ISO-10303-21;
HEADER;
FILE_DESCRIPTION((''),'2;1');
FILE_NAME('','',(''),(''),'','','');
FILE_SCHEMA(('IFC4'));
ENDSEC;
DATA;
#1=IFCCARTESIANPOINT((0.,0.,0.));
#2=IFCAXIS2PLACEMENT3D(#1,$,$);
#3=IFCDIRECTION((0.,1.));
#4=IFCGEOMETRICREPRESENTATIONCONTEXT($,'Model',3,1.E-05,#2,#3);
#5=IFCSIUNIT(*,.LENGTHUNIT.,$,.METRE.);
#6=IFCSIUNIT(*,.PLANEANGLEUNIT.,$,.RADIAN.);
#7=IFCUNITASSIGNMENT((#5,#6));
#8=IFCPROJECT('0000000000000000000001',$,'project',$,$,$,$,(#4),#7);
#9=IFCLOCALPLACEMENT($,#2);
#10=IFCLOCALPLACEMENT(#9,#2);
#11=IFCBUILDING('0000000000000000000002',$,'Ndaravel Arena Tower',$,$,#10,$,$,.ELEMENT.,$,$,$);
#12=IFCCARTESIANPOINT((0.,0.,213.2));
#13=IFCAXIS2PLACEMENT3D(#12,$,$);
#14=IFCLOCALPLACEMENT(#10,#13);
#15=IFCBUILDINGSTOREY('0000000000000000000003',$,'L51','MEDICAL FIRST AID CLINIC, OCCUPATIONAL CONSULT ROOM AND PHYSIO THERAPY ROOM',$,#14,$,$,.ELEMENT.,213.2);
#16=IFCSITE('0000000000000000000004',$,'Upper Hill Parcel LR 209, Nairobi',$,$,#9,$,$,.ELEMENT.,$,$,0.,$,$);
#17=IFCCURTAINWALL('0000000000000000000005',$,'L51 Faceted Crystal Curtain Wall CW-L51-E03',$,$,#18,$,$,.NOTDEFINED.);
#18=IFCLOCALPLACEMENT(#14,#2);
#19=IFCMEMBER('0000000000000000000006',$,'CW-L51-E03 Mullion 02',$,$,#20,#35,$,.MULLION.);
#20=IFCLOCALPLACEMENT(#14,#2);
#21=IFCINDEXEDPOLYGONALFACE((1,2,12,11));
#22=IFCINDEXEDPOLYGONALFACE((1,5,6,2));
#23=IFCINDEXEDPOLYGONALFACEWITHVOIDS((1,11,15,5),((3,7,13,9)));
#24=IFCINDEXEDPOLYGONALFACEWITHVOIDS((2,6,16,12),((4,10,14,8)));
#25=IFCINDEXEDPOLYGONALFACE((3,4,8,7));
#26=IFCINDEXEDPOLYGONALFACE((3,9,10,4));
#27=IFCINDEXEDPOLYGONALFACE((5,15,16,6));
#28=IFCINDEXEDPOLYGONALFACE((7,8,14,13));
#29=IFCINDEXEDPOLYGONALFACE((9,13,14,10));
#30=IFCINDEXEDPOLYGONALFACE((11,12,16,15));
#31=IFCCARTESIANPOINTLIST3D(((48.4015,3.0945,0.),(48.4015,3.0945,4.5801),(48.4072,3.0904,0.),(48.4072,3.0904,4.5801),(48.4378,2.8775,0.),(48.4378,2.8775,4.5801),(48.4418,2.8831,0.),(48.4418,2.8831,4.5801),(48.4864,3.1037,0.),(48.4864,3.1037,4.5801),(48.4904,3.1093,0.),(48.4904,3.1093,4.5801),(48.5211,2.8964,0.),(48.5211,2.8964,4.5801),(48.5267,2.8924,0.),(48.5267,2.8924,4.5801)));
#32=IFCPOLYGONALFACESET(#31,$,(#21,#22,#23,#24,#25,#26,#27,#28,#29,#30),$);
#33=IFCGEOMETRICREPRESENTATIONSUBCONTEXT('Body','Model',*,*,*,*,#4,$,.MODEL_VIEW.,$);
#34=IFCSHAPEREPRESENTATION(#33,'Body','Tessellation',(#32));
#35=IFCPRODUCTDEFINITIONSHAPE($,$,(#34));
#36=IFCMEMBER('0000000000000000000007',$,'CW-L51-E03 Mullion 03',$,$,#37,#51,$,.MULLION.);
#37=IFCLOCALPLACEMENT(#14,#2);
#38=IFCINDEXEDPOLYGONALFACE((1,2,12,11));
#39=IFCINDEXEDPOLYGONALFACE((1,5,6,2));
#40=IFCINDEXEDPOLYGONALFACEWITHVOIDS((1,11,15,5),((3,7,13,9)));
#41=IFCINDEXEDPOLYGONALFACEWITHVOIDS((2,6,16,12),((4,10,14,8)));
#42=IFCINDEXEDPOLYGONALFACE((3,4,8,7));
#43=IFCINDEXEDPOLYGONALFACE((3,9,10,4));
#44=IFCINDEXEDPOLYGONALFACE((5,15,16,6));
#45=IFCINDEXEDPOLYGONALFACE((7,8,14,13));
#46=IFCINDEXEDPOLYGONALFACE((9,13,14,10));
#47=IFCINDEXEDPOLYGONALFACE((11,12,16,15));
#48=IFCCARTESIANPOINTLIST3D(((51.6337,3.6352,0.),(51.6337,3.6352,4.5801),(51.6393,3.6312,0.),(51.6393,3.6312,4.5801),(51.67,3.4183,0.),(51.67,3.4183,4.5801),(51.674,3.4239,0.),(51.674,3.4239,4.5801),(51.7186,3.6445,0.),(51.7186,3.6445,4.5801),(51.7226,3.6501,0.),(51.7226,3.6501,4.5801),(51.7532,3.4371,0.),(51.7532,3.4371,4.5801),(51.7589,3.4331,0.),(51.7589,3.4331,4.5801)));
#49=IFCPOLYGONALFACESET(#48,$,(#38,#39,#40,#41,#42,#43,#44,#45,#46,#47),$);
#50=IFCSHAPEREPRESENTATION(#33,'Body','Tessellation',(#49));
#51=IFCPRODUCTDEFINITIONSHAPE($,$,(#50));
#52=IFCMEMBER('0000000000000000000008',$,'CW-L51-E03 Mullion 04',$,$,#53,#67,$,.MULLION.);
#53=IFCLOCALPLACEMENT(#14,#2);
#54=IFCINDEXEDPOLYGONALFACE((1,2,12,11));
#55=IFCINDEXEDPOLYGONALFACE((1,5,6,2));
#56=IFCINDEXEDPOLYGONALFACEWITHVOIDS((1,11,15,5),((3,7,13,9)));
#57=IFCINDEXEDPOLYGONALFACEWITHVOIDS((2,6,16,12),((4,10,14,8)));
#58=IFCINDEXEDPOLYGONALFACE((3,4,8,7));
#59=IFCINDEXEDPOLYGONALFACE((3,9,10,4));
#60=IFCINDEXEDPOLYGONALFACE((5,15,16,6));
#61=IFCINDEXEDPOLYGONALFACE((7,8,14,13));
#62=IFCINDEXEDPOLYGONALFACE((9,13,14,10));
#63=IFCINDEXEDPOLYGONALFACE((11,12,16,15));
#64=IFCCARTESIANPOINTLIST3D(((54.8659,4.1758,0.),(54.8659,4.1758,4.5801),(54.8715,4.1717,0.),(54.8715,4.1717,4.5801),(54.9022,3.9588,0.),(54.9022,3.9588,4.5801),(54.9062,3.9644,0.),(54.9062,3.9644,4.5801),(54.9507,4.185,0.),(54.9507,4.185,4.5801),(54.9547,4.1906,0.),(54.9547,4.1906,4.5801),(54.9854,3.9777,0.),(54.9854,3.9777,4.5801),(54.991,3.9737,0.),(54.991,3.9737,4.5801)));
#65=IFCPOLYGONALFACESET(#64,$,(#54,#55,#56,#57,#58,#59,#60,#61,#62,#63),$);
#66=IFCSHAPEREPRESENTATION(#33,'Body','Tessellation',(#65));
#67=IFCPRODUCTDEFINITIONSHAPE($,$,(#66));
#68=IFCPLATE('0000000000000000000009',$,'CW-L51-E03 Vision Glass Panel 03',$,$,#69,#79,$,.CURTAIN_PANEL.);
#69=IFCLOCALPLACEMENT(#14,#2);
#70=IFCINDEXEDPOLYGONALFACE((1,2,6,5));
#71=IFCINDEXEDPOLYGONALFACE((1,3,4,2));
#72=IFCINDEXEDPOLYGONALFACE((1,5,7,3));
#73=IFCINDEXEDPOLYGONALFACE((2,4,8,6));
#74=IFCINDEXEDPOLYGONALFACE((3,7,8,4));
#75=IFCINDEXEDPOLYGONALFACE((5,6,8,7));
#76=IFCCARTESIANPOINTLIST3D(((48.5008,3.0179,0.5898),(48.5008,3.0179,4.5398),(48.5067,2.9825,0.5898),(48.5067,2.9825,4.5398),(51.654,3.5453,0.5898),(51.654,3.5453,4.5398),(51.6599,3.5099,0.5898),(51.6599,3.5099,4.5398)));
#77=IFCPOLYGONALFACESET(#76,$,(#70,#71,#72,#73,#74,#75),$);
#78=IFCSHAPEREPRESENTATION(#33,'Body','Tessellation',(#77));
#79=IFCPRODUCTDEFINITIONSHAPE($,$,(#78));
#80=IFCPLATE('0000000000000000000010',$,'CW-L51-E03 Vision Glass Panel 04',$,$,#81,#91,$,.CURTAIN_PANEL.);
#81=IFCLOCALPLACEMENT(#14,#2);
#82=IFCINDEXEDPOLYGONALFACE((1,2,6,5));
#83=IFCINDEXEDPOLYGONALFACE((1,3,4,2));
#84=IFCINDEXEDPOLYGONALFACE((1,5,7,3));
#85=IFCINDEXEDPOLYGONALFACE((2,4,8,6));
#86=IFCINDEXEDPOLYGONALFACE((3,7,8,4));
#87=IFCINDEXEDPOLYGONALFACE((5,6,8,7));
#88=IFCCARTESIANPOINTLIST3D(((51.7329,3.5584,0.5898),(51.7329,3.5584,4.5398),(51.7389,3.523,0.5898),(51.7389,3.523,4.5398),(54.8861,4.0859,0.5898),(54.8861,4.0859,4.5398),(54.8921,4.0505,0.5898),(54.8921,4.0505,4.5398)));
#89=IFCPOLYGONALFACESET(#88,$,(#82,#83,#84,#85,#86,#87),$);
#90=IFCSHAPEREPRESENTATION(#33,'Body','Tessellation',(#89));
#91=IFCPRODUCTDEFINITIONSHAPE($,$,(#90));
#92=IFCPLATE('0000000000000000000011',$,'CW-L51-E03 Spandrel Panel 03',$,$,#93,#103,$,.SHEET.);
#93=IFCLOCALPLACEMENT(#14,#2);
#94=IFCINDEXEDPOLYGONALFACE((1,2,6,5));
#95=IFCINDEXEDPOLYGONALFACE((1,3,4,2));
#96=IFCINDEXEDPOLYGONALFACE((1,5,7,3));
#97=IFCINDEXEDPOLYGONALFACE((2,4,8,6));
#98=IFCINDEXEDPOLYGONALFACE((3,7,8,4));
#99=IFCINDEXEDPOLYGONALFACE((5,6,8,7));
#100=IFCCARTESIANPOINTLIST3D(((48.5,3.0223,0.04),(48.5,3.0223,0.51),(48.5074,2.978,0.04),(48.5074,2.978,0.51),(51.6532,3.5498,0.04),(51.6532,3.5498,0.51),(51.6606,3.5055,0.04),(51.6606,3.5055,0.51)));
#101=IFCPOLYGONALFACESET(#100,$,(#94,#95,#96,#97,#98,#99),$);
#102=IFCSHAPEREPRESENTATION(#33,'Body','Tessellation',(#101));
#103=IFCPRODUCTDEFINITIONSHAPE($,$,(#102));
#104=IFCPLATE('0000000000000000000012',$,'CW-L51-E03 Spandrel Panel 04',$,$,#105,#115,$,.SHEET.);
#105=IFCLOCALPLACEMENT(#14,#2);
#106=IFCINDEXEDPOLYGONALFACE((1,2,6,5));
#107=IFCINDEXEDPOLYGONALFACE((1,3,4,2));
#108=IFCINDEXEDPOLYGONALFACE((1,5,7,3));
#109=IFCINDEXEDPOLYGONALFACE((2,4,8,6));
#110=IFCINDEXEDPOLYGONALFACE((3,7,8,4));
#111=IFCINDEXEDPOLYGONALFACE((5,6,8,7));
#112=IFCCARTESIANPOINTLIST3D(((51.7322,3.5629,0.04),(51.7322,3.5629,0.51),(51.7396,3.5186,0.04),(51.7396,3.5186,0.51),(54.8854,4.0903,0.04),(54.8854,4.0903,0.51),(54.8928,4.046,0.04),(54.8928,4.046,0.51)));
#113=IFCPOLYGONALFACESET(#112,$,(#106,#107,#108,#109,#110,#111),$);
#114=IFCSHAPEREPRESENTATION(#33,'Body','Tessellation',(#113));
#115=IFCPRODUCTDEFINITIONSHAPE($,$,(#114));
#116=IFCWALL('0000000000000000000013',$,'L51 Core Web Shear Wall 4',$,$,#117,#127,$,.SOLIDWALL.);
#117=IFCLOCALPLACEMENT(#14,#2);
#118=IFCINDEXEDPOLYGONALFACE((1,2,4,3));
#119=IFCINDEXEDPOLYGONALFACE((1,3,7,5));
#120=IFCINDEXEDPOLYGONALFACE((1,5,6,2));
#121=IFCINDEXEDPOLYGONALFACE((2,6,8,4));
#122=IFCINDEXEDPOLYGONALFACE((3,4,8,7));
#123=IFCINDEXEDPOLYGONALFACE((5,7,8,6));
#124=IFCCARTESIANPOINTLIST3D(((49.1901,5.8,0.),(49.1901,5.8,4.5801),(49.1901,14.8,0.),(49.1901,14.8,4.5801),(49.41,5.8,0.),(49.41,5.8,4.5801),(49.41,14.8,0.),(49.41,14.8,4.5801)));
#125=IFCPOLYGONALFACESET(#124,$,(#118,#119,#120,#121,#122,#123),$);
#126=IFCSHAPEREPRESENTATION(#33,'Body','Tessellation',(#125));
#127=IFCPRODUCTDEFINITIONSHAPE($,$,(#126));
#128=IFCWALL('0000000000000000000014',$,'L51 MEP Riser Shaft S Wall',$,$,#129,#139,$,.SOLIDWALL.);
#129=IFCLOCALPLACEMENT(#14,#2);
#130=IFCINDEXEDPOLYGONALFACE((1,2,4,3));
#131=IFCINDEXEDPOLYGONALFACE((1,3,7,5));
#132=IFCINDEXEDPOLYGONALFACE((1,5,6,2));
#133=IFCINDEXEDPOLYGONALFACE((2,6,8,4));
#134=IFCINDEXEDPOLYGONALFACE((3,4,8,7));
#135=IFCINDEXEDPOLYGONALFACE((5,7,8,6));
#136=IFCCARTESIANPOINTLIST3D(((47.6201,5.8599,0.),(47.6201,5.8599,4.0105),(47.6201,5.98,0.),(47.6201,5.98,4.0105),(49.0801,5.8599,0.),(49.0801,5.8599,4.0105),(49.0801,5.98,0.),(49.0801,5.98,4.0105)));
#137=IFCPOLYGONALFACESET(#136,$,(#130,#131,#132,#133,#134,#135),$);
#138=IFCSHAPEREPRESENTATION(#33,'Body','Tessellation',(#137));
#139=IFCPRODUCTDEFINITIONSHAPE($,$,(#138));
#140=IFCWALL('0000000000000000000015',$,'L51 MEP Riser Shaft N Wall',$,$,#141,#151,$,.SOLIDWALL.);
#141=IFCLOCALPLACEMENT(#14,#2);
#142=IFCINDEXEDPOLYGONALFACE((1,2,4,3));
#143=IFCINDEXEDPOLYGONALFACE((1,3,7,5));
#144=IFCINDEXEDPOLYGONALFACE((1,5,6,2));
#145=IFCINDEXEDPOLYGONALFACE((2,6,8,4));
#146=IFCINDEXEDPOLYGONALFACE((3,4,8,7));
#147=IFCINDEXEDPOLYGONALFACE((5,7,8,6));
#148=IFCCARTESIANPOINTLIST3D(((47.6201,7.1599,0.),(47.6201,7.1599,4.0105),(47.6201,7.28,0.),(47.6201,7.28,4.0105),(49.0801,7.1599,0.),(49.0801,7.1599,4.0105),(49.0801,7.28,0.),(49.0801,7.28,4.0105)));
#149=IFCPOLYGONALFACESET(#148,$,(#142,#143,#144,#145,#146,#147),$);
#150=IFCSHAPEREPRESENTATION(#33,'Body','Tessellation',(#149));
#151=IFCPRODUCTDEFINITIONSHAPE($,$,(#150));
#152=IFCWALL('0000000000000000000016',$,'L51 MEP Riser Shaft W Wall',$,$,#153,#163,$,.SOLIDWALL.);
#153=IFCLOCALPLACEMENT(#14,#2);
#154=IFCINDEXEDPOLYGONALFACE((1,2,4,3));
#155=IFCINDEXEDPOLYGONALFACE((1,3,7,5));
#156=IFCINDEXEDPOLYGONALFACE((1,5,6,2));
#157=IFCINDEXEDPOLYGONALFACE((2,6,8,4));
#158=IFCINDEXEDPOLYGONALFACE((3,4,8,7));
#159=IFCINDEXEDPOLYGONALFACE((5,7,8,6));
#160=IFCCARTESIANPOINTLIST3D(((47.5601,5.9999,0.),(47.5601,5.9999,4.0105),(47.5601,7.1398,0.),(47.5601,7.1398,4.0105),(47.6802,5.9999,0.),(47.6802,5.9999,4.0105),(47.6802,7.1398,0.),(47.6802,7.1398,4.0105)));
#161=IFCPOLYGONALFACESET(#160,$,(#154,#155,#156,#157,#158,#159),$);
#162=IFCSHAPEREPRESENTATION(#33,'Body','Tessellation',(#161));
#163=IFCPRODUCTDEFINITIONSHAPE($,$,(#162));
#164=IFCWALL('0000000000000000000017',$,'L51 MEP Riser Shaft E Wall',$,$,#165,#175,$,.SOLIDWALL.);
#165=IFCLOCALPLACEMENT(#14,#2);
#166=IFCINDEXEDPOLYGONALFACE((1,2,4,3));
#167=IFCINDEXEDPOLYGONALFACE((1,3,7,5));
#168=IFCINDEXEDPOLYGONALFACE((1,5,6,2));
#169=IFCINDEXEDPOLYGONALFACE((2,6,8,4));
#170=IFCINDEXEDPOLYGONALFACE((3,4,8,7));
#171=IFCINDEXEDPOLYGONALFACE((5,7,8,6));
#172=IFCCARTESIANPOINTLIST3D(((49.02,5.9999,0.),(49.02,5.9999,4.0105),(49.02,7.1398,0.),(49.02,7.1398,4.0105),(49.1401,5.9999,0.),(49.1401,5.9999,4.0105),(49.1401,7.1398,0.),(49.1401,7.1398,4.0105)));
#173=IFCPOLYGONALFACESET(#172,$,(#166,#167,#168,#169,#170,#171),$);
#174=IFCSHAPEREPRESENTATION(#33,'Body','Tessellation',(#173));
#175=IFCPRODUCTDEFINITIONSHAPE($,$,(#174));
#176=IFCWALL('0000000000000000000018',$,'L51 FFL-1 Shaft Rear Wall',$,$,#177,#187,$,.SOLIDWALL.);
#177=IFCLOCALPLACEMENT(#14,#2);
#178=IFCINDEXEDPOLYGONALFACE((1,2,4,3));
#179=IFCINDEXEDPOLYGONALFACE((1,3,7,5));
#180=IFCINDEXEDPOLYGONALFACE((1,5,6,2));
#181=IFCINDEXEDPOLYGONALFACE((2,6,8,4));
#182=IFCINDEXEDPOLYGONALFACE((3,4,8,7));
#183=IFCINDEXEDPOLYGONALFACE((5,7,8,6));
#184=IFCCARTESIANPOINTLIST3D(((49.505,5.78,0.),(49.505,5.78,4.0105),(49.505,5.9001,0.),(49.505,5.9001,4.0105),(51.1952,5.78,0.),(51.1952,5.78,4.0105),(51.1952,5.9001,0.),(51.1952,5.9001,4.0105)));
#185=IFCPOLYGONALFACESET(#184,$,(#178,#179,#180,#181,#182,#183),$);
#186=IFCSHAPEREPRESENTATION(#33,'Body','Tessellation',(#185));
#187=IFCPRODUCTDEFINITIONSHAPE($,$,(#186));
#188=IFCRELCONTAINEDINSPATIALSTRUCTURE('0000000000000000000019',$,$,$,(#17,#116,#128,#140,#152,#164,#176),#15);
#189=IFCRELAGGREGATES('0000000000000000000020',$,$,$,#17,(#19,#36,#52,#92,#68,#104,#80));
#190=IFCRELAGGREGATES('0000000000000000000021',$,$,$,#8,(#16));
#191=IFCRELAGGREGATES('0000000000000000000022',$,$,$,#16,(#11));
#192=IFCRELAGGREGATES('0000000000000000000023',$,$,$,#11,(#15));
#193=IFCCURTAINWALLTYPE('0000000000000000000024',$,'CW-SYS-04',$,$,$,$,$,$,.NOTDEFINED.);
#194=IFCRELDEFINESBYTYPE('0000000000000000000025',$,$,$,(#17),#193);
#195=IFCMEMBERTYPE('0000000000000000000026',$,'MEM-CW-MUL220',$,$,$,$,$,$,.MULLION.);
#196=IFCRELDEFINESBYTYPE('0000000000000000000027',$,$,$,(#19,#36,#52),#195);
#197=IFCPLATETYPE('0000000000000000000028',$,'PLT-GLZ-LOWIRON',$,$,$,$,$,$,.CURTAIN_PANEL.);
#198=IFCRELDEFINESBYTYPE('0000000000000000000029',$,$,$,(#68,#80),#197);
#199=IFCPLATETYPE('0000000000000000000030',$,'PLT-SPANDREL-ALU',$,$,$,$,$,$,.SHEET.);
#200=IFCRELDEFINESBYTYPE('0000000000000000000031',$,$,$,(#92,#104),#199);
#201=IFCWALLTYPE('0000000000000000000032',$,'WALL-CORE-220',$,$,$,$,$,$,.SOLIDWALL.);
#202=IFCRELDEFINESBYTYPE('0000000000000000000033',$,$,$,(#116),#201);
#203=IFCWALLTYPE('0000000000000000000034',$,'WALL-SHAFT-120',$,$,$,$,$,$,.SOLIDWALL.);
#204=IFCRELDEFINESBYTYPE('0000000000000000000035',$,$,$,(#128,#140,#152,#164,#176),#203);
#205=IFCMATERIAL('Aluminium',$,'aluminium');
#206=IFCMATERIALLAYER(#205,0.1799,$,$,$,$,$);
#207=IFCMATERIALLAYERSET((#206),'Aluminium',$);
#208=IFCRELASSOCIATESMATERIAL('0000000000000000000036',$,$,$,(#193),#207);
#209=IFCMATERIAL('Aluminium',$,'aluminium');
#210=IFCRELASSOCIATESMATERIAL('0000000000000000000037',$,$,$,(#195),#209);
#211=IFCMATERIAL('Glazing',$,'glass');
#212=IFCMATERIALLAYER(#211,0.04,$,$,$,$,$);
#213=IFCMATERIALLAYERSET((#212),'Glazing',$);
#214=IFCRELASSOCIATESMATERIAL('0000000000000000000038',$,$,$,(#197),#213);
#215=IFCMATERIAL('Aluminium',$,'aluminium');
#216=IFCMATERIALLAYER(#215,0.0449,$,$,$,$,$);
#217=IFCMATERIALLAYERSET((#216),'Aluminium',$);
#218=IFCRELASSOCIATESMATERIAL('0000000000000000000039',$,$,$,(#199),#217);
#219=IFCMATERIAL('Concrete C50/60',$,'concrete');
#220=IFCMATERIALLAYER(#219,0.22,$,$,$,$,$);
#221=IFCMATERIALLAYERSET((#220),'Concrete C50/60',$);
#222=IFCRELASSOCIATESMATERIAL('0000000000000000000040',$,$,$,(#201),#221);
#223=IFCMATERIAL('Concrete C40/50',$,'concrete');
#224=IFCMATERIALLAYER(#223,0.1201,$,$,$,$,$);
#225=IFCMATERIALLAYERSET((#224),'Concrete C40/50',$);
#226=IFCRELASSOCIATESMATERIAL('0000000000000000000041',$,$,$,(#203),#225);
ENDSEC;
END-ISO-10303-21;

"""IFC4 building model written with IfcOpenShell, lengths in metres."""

from ifc_helpers import new_model, si_unit, direction, frame, frame_2d, origin, origin_2d, place, context, subcontext, project, spatial, rectangle, hollow_rectangle, extrude, material, layer, layer_set, material_profile, profile_set, type_object, element, aggregate, save


model = new_model("IFC4")

# Units and contexts
model_context = context("Model", 3, precision=1e-05, world=origin(), true_north=direction((0.0, 1.0)))
body_context = subcontext(model_context, "Body", "Model", "MODEL_VIEW")
ifc_project = project(units=[si_unit("LENGTHUNIT", "METRE"), si_unit("PLANEANGLEUNIT", "RADIAN")], contexts=[model_context])

# Site, building, storey
site_placement = place(None, origin())
site = spatial("IfcSite", under=ifc_project, at=site_placement, Name="Upper Hill Parcel LR 209, Nairobi", CompositionType="ELEMENT", RefElevation=0.0)
building_placement = place(site_placement, origin())
building = spatial("IfcBuilding", under=site, at=building_placement, Name="Ndaravel Arena Tower", CompositionType="ELEMENT")
storey_placement = place(building_placement, frame((0.0, 0.0, 213.2)))
storey = spatial("IfcBuildingStorey", under=building, at=storey_placement, Name="L51", Description="MEDICAL FIRST AID CLINIC, OCCUPATIONAL CONSULT ROOM AND PHYSIO THERAPY ROOM", CompositionType="ELEMENT", Elevation=213.2)

# Curtain wall, members, plates
ifc_material_1 = material(Name="Aluminium", Category="aluminium")
ifc_layer_1 = layer(ifc_material_1, 0.1799)
ifc_layer_set_1 = layer_set([ifc_layer_1], Name="Aluminium")
curtain_wall_type = type_object("IfcCurtainWallType", Name="CW-SYS-04", PredefinedType="NOTDEFINED", material=ifc_layer_set_1)
curtain_wall_placement = place(storey_placement, origin())
curtain_wall = element("IfcCurtainWall", 1, at=curtain_wall_placement, inside=storey, type_object=curtain_wall_type, Name="L51 Faceted Crystal Curtain Wall CW-L51-E03", PredefinedType="NOTDEFINED")
ifc_material_2 = material(Name="Aluminium", Category="aluminium")
ifc_material_profile = material_profile(ifc_material_2, hollow_rectangle(XDim=0.0901, YDim=0.22, WallThickness=0.0049, at=origin_2d()), Name="CW MULLION 90x220x5")
ifc_profile_set = profile_set([ifc_material_profile], Name="Aluminium")
member_type = type_object("IfcMemberType", Name="MEM-CW-MUL220", PredefinedType="MULLION", material=ifc_profile_set)
member_1_placement = place(storey_placement, frame((48.4641, 2.9934, 0.0), z_axis=(0.0, 0.0, 1.0), x_axis=(0.986297, 0.164979, 0.0)))
member_1 = element("IfcMember", 2, at=member_1_placement, type_object=member_type, Name="CW-L51-E03 Mullion 02", PredefinedType="MULLION", context=body_context, shape_type="SweptSolid", body=[
    extrude(hollow_rectangle(XDim=0.0901, YDim=0.22, WallThickness=0.0049, at=origin_2d()), origin(), (0.0, 0.0, 1.0), 4.5801),
])
member_2_placement = place(storey_placement, frame((51.6963, 3.5342, 0.0), z_axis=(0.0, 0.0, 1.0), x_axis=(0.986297, 0.164979, 0.0)))
member_2 = element("IfcMember", 3, at=member_2_placement, type_object=member_type, Name="CW-L51-E03 Mullion 03", PredefinedType="MULLION", context=body_context, shape_type="SweptSolid", body=[
    extrude(hollow_rectangle(XDim=0.0901, YDim=0.22, WallThickness=0.0049, at=origin_2d()), origin(), (0.0, 0.0, 1.0), 4.5801),
])
member_3_placement = place(storey_placement, frame((54.9285, 4.0747, 0.0), z_axis=(0.0, 0.0, 1.0), x_axis=(0.986297, 0.164979, 0.0)))
member_3 = element("IfcMember", 4, at=member_3_placement, type_object=member_type, Name="CW-L51-E03 Mullion 04", PredefinedType="MULLION", context=body_context, shape_type="SweptSolid", body=[
    extrude(hollow_rectangle(XDim=0.0901, YDim=0.22, WallThickness=0.0049, at=origin_2d()), origin(), (0.0, 0.0, 1.0), 4.5801),
])
ifc_material_3 = material(Name="Glazing", Category="glass")
ifc_layer_2 = layer(ifc_material_3, 0.04)
ifc_layer_set_2 = layer_set([ifc_layer_2], Name="Glazing")
plate_type_1 = type_object("IfcPlateType", Name="PLT-GLZ-LOWIRON", PredefinedType="CURTAIN_PANEL", material=ifc_layer_set_2)
plate_1_placement = place(storey_placement, frame((50.0803, 3.2639, 0.5898), z_axis=(0.0, 0.0, 1.0), x_axis=(0.986297, 0.164979, 0.0)))
plate_1 = element("IfcPlate", 5, at=plate_1_placement, type_object=plate_type_1, Name="CW-L51-E03 Vision Glass Panel 03", PredefinedType="CURTAIN_PANEL", context=body_context, shape_type="SweptSolid", body=[
    extrude(rectangle(XDim=3.197, YDim=0.0359, at=origin_2d()), origin(), (0.0, 0.0, 1.0), 3.95),
])
plate_2_placement = place(storey_placement, frame((53.3125, 3.8044, 0.5898), z_axis=(0.0, 0.0, 1.0), x_axis=(0.986297, 0.164979, 0.0)))
plate_2 = element("IfcPlate", 6, at=plate_2_placement, type_object=plate_type_1, Name="CW-L51-E03 Vision Glass Panel 04", PredefinedType="CURTAIN_PANEL", context=body_context, shape_type="SweptSolid", body=[
    extrude(rectangle(XDim=3.197, YDim=0.0359, at=origin_2d()), origin(), (0.0, 0.0, 1.0), 3.95),
])
ifc_material_4 = material(Name="Aluminium", Category="aluminium")
ifc_layer_3 = layer(ifc_material_4, 0.0449)
ifc_layer_set_3 = layer_set([ifc_layer_3], Name="Aluminium")
plate_type_2 = type_object("IfcPlateType", Name="PLT-SPANDREL-ALU", PredefinedType="SHEET", material=ifc_layer_set_3)
plate_3_placement = place(storey_placement, frame((50.0803, 3.2639, 0.04), z_axis=(0.0, 0.0, 1.0), x_axis=(0.986297, 0.164979, 0.0)))
plate_3 = element("IfcPlate", 7, at=plate_3_placement, type_object=plate_type_2, Name="CW-L51-E03 Spandrel Panel 03", PredefinedType="SHEET", context=body_context, shape_type="SweptSolid", body=[
    extrude(rectangle(XDim=3.197, YDim=0.0449, at=origin_2d()), origin(), (0.0, 0.0, 1.0), 0.47),
])
plate_4_placement = place(storey_placement, frame((53.3125, 3.8044, 0.04), z_axis=(0.0, 0.0, 1.0), x_axis=(0.986297, 0.164979, 0.0)))
plate_4 = element("IfcPlate", 8, at=plate_4_placement, type_object=plate_type_2, Name="CW-L51-E03 Spandrel Panel 04", PredefinedType="SHEET", context=body_context, shape_type="SweptSolid", body=[
    extrude(rectangle(XDim=3.197, YDim=0.0449, at=origin_2d()), origin(), (0.0, 0.0, 1.0), 0.47),
])
aggregate(curtain_wall, [member_1, member_2, member_3, plate_3, plate_1, plate_4, plate_2])

# Wall
ifc_material_5 = material(Name="Concrete C50/60", Category="concrete")
ifc_layer_4 = layer(ifc_material_5, 0.22)
ifc_layer_set_4 = layer_set([ifc_layer_4], Name="Concrete C50/60")
wall_type_1 = type_object("IfcWallType", Name="WALL-CORE-220", PredefinedType="SOLIDWALL", material=ifc_layer_set_4)
wall_1_placement = place(storey_placement, frame((49.3, 5.8, 0.0), z_axis=(0.0, 0.0, 1.0), x_axis=(0.0, 1.0, 0.0)))
element("IfcWall", 9, at=wall_1_placement, inside=storey, type_object=wall_type_1, Name="L51 Core Web Shear Wall 4", PredefinedType="SOLIDWALL", context=body_context, shape_type="SweptSolid", body=[
    extrude(rectangle(XDim=9.0, YDim=0.22, at=frame_2d((4.5, 0.0))), origin(), (0.0, 0.0, 1.0), 4.5801),
])

# Walls
ifc_material_6 = material(Name="Concrete C40/50", Category="concrete")
ifc_layer_5 = layer(ifc_material_6, 0.1201)
ifc_layer_set_5 = layer_set([ifc_layer_5], Name="Concrete C40/50")
wall_type_2 = type_object("IfcWallType", Name="WALL-SHAFT-120", PredefinedType="SOLIDWALL", material=ifc_layer_set_5)
for number, where, z_axis, x_axis, name in (
    (10, (47.6201, 5.9199, 0.0), (0.0, 0.0, 1.0), (1.0, 0.0, 0.0), "L51 MEP Riser Shaft S Wall"),
    (11, (47.6201, 7.22, 0.0), (0.0, 0.0, 1.0), (1.0, 0.0, 0.0), "L51 MEP Riser Shaft N Wall"),
):
    element("IfcWall", number, at=place(storey_placement, frame(where, z_axis=z_axis, x_axis=x_axis)), inside=storey, type_object=wall_type_2, Name=name, PredefinedType="SOLIDWALL", context=body_context, shape_type="SweptSolid", body=[
        extrude(rectangle(XDim=1.46, YDim=0.1201, at=frame_2d((0.73, 0.0))), origin(), (0.0, 0.0, 1.0), 4.0105),
    ])
for number, where, z_axis, x_axis, name in (
    (12, (47.6201, 6.0, 0.0), (0.0, 0.0, 1.0), (0.0, 1.0, 0.0), "L51 MEP Riser Shaft W Wall"),
    (13, (49.0801, 6.0, 0.0), (0.0, 0.0, 1.0), (0.0, 1.0, 0.0), "L51 MEP Riser Shaft E Wall"),
):
    element("IfcWall", number, at=place(storey_placement, frame(where, z_axis=z_axis, x_axis=x_axis)), inside=storey, type_object=wall_type_2, Name=name, PredefinedType="SOLIDWALL", context=body_context, shape_type="SweptSolid", body=[
        extrude(rectangle(XDim=1.1399, YDim=0.1201, at=frame_2d((0.5698, 0.0))), origin(), (0.0, 0.0, 1.0), 4.0105),
    ])
wall_2_placement = place(storey_placement, frame((49.5049, 5.8401, 0.0), z_axis=(0.0, 0.0, 1.0), x_axis=(1.0, 0.0, 0.0)))
element("IfcWall", 14, at=wall_2_placement, inside=storey, type_object=wall_type_2, Name="L51 FFL-1 Shaft Rear Wall", PredefinedType="SOLIDWALL", context=body_context, shape_type="SweptSolid", body=[
    extrude(rectangle(XDim=1.6902, YDim=0.1201, at=frame_2d((0.8452, 0.0))), origin(), (0.0, 0.0, 1.0), 4.0105),
])

save(model, "model.ifc")
